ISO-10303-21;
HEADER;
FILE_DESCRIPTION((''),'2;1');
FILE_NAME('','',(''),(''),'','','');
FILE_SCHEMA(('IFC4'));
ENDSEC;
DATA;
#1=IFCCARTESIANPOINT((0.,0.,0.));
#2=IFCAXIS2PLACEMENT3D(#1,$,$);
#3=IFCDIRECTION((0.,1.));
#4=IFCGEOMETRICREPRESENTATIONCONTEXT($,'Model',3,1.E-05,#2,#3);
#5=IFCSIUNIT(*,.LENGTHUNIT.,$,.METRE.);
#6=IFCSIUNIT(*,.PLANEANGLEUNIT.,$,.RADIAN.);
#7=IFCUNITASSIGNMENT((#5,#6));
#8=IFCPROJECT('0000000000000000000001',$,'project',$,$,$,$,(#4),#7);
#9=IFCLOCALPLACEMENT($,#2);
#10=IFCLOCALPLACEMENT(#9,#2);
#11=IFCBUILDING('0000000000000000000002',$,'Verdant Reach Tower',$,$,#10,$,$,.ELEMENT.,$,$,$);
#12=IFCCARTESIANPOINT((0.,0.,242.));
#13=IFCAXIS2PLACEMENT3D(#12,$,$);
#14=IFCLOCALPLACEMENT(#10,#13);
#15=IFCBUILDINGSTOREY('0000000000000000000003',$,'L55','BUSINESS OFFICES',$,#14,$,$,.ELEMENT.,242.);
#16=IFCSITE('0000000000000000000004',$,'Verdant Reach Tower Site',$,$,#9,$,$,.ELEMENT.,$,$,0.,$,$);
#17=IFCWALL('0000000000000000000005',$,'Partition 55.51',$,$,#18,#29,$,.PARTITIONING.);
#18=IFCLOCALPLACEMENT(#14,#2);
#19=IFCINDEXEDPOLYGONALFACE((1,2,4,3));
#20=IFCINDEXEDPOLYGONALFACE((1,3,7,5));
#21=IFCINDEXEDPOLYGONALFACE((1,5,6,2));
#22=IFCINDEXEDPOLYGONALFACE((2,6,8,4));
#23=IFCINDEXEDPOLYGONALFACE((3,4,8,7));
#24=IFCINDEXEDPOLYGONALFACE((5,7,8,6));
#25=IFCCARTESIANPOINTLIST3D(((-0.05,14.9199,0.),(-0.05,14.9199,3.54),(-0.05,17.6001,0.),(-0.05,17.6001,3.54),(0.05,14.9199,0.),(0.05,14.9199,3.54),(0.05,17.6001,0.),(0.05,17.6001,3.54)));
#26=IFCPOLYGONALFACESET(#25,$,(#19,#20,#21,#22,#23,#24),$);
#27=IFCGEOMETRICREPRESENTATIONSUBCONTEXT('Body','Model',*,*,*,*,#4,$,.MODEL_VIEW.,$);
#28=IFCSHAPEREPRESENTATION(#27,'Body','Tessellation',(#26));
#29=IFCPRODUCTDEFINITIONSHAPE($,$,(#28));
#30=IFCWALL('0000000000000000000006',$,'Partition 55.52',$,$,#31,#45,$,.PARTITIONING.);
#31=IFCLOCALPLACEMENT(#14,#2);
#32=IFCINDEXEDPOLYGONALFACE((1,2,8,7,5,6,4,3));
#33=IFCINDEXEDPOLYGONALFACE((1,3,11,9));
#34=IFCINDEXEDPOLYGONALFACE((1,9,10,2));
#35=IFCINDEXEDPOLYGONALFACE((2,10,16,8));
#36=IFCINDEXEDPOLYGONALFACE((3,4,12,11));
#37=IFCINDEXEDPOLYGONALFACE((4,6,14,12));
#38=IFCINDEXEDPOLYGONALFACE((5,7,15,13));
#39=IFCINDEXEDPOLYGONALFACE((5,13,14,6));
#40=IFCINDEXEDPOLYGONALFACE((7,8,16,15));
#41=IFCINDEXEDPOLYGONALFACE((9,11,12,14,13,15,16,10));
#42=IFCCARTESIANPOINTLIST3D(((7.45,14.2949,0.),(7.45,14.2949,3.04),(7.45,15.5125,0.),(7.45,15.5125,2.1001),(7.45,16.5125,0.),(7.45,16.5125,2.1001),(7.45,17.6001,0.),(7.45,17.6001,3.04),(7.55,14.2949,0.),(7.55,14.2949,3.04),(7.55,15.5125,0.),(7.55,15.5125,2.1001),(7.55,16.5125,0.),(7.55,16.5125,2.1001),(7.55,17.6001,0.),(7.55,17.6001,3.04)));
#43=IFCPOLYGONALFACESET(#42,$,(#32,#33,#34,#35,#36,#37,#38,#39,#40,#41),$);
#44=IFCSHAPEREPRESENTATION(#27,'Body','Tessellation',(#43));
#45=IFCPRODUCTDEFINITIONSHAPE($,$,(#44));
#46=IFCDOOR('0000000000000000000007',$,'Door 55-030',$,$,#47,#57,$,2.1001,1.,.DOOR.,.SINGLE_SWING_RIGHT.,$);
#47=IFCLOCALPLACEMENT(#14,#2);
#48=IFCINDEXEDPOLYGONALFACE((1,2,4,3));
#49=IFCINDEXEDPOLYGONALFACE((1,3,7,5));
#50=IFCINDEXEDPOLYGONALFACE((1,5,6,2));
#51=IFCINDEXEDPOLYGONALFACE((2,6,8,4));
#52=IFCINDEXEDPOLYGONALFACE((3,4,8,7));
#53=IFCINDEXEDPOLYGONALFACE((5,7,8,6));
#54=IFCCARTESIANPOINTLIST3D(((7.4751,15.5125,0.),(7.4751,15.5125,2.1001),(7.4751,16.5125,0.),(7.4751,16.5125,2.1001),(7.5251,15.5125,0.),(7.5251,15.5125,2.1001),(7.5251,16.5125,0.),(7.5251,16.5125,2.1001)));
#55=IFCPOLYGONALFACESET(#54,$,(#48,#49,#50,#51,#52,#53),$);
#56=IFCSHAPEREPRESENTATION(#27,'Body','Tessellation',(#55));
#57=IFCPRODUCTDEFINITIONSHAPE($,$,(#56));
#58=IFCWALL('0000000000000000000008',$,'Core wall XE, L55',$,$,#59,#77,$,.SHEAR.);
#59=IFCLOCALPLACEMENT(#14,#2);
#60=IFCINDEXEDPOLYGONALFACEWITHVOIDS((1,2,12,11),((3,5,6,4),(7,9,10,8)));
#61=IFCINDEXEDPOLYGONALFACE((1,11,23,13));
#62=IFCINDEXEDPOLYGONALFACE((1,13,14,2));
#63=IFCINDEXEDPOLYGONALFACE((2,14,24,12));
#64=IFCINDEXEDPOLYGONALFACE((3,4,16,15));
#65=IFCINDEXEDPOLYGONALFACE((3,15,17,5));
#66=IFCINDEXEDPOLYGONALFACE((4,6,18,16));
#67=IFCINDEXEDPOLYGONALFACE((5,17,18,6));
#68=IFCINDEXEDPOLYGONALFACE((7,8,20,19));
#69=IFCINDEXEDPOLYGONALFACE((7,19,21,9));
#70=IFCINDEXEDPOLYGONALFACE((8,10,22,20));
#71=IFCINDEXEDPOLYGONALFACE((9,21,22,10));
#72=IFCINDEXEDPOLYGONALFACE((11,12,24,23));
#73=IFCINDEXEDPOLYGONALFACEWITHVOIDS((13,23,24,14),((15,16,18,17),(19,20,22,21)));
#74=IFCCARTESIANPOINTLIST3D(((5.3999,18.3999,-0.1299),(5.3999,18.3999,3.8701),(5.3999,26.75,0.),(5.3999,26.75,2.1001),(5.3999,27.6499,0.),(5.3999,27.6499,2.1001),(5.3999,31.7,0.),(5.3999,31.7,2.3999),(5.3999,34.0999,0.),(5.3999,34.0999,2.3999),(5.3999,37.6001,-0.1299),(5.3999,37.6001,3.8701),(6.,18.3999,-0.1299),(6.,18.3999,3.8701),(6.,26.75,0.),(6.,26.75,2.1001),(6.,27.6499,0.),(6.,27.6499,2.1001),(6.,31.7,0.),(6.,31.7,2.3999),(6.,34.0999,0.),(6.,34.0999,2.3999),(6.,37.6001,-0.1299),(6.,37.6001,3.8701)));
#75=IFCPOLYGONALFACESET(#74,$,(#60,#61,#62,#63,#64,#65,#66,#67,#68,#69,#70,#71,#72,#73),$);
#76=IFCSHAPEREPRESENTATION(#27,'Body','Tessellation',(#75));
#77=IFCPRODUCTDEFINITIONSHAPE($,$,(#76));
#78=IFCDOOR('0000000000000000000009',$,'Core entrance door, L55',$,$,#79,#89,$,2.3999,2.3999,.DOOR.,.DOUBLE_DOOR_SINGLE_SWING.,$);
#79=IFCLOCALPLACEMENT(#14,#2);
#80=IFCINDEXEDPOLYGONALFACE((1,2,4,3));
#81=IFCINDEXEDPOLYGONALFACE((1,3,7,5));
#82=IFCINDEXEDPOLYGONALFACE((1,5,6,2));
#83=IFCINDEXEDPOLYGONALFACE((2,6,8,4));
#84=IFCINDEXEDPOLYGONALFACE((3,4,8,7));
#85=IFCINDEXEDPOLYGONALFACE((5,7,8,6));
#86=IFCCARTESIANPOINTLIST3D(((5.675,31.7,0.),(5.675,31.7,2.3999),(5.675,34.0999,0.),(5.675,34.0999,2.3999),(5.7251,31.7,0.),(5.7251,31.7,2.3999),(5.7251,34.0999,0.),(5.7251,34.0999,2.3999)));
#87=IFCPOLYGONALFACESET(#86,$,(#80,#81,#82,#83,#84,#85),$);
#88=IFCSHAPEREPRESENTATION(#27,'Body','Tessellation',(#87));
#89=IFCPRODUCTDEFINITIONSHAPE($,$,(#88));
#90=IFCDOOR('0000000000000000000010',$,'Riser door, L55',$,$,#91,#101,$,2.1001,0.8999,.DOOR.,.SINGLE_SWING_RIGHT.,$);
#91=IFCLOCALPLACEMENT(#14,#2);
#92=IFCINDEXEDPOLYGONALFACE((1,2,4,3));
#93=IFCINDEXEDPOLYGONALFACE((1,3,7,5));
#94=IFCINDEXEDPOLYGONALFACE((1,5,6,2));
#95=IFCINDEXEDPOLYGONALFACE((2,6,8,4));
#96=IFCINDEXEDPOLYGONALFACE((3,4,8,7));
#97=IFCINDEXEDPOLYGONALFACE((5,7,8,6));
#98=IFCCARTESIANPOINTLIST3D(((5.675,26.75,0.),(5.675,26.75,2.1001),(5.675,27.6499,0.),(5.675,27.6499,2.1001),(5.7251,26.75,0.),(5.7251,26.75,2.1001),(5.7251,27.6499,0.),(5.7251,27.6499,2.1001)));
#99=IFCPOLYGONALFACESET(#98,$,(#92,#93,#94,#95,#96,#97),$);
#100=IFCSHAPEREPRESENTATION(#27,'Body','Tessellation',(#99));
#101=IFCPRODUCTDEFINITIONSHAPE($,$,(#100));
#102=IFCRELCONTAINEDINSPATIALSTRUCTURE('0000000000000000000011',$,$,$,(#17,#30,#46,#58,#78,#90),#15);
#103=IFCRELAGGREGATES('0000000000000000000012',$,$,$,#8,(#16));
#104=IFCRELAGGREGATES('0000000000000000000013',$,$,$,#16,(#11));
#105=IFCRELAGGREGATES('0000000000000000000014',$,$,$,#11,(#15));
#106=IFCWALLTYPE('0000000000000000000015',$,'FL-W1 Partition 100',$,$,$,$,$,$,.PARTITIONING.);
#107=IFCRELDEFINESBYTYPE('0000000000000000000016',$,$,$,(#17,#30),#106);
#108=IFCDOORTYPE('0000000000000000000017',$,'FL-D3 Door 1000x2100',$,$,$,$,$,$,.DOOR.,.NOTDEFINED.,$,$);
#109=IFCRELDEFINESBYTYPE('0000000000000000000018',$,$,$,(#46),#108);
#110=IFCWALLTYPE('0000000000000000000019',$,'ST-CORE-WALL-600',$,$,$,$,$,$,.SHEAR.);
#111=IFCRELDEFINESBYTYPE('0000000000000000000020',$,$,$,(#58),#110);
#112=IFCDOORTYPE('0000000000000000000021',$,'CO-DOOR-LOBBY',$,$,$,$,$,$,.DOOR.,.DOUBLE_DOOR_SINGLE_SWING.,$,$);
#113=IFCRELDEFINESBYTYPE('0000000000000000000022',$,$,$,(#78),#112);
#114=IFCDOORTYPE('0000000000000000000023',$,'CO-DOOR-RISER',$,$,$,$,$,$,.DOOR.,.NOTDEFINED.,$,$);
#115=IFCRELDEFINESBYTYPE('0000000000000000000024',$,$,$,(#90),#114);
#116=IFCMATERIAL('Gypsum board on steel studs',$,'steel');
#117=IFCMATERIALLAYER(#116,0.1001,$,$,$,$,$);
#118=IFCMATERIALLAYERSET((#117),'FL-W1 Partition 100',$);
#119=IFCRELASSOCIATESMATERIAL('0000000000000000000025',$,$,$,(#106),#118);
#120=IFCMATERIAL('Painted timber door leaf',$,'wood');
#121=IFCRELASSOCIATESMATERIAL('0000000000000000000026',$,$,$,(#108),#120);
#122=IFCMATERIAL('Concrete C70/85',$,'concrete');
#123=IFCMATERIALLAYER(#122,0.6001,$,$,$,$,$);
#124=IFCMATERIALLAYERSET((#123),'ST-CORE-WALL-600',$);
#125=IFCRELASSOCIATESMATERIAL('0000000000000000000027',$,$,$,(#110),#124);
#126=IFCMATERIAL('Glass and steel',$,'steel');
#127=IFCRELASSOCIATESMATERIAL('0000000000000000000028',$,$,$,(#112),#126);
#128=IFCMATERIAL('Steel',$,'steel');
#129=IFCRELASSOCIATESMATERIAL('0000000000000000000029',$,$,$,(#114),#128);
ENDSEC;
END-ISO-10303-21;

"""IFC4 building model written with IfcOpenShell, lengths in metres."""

from ifc_helpers import new_model, si_unit, direction, frame, frame_2d, origin, place, context, subcontext, project, spatial, rectangle, extrude, material, layer, layer_set, type_object, element, fill, save


model = new_model("IFC4")

# Units and contexts
model_context = context("Model", 3, precision=1e-05, world=origin(), true_north=direction((0.0, 1.0)))
body_context = subcontext(model_context, "Body", "Model", "MODEL_VIEW")
ifc_project = project(units=[si_unit("LENGTHUNIT", "METRE"), si_unit("PLANEANGLEUNIT", "RADIAN")], contexts=[model_context])

# Site, building, storey
site_placement = place(None, origin())
site = spatial("IfcSite", under=ifc_project, at=site_placement, Name="Verdant Reach Tower Site", CompositionType="ELEMENT", RefElevation=0.0)
building_placement = place(site_placement, origin())
building = spatial("IfcBuilding", under=site, at=building_placement, Name="Verdant Reach Tower", CompositionType="ELEMENT")
storey_placement = place(building_placement, frame((0.0, 0.0, 242.0)))
storey = spatial("IfcBuildingStorey", under=building, at=storey_placement, Name="L55", Description="BUSINESS OFFICES", CompositionType="ELEMENT", Elevation=242.0)

# Wall
ifc_material_1 = material(Name="Gypsum board on steel studs", Category="steel")
ifc_layer_1 = layer(ifc_material_1, 0.1001)
ifc_layer_set_1 = layer_set([ifc_layer_1], Name="FL-W1 Partition 100")
wall_type_1 = type_object("IfcWallType", Name="FL-W1 Partition 100", PredefinedType="PARTITIONING", material=ifc_layer_set_1)
wall_1_placement = place(storey_placement, frame((0.0, 14.9199, 0.0), z_axis=(0.0, 0.0, 1.0), x_axis=(0.0, 1.0, 0.0)))
element("IfcWall", 1, at=wall_1_placement, inside=storey, type_object=wall_type_1, Name="Partition 55.51", PredefinedType="PARTITIONING", context=body_context, shape_type="SweptSolid", body=[
    extrude(rectangle(XDim=2.6802, YDim=0.1001, at=frame_2d((1.3401, 0.0))), origin(), (0.0, 0.0, 1.0), 3.54),
])

# Wall, opening, door
wall_2_placement = place(storey_placement, frame((7.5, 14.2949, 0.0), z_axis=(0.0, 0.0, 1.0), x_axis=(0.0, 1.0, 0.0)))
wall_2 = element("IfcWall", 2, at=wall_2_placement, inside=storey, type_object=wall_type_1, Name="Partition 55.52", PredefinedType="PARTITIONING", context=body_context, shape_type="SweptSolid", body=[
    extrude(rectangle(XDim=3.3052, YDim=0.1001, at=frame_2d((1.6526, 0.0))), origin(), (0.0, 0.0, 1.0), 3.04),
])
opening_1_placement = place(wall_2_placement, frame((1.2175, 0.0, 0.0)))
opening_1 = element("IfcOpeningElement", 3, at=opening_1_placement, cuts=wall_2, PredefinedType="OPENING", context=body_context, shape_type="SweptSolid", body=[
    extrude(rectangle(XDim=1.0, YDim=2.1001, at=frame_2d((0.5, 1.05))), frame((0.0, 0.0601, 0.0), z_axis=(0.0, -1.0, 0.0), x_axis=(1.0, 0.0, 0.0)), (0.0, 0.0, 1.0), 0.1201),
])
ifc_material_2 = material(Name="Painted timber door leaf", Category="wood")
door_type_1 = type_object("IfcDoorType", Name="FL-D3 Door 1000x2100", OperationType="NOTDEFINED", PredefinedType="DOOR", material=ifc_material_2)
door_1_placement = place(opening_1_placement, origin())
door_1 = element("IfcDoor", 4, at=door_1_placement, inside=storey, type_object=door_type_1, Name="Door 55-030", OperationType="SINGLE_SWING_RIGHT", OverallHeight=2.1001, OverallWidth=1.0, PredefinedType="DOOR", context=body_context, shape_type="SweptSolid", body=[
    extrude(rectangle(XDim=1.0, YDim=2.1001, at=frame_2d((0.5, 1.05))), frame((0.0, 0.0249, 0.0), z_axis=(0.0, -1.0, 0.0), x_axis=(1.0, 0.0, 0.0)), (0.0, 0.0, 1.0), 0.05),
])
fill(opening_1, door_1)

# Wall, openings, doors
ifc_material_3 = material(Name="Concrete C70/85", Category="concrete")
ifc_layer_2 = layer(ifc_material_3, 0.6001)
ifc_layer_set_2 = layer_set([ifc_layer_2], Name="ST-CORE-WALL-600")
wall_type_2 = type_object("IfcWallType", Name="ST-CORE-WALL-600", PredefinedType="SHEAR", material=ifc_layer_set_2)
wall_3_placement = place(storey_placement, frame((5.7, 18.3999, -0.1299), z_axis=(0.0, 0.0, 1.0), x_axis=(0.0, 1.0, 0.0)))
wall_3 = element("IfcWall", 5, at=wall_3_placement, inside=storey, type_object=wall_type_2, Name="Core wall XE, L55", PredefinedType="SHEAR", context=body_context, shape_type="SweptSolid", body=[
    extrude(rectangle(XDim=19.2002, YDim=0.6001, at=frame_2d((9.6001, 0.0))), origin(), (0.0, 0.0, 1.0), 4.0),
])
opening_2_placement = place(wall_3_placement, frame((8.3501, 0.0, 0.1299)))
opening_2 = element("IfcOpeningElement", 6, at=opening_2_placement, cuts=wall_3, PredefinedType="OPENING", context=body_context, shape_type="SweptSolid", body=[
    extrude(rectangle(XDim=0.8999, YDim=2.1001, at=frame_2d((0.45, 1.05))), frame((0.0, 0.3101, 0.0), z_axis=(0.0, -1.0, 0.0), x_axis=(1.0, 0.0, 0.0)), (0.0, 0.0, 1.0), 0.6201),
])
opening_3_placement = place(wall_3_placement, frame((13.3, 0.0, 0.1299)))
opening_3 = element("IfcOpeningElement", 7, at=opening_3_placement, cuts=wall_3, PredefinedType="OPENING", context=body_context, shape_type="SweptSolid", body=[
    extrude(rectangle(XDim=2.3999, YDim=2.3999, at=frame_2d((1.2, 1.2))), frame((0.0, 0.3101, 0.0), z_axis=(0.0, -1.0, 0.0), x_axis=(1.0, 0.0, 0.0)), (0.0, 0.0, 1.0), 0.6201),
])
ifc_material_4 = material(Name="Glass and steel", Category="steel")
door_type_2 = type_object("IfcDoorType", Name="CO-DOOR-LOBBY", OperationType="DOUBLE_DOOR_SINGLE_SWING", PredefinedType="DOOR", material=ifc_material_4)
door_2_placement = place(opening_3_placement, origin())
door_2 = element("IfcDoor", 8, at=door_2_placement, inside=storey, type_object=door_type_2, Name="Core entrance door, L55", OperationType="DOUBLE_DOOR_SINGLE_SWING", OverallHeight=2.3999, OverallWidth=2.3999, PredefinedType="DOOR", context=body_context, shape_type="SweptSolid", body=[
    extrude(rectangle(XDim=2.3999, YDim=2.3999, at=frame_2d((1.2, 1.2))), frame((0.0, 0.0249, 0.0), z_axis=(0.0, -1.0, 0.0), x_axis=(1.0, 0.0, 0.0)), (0.0, 0.0, 1.0), 0.05),
])
fill(opening_3, door_2)
ifc_material_5 = material(Name="Steel", Category="steel")
door_type_3 = type_object("IfcDoorType", Name="CO-DOOR-RISER", OperationType="NOTDEFINED", PredefinedType="DOOR", material=ifc_material_5)
door_3_placement = place(opening_2_placement, origin())
door_3 = element("IfcDoor", 9, at=door_3_placement, inside=storey, type_object=door_type_3, Name="Riser door, L55", OperationType="SINGLE_SWING_RIGHT", OverallHeight=2.1001, OverallWidth=0.8999, PredefinedType="DOOR", context=body_context, shape_type="SweptSolid", body=[
    extrude(rectangle(XDim=0.8999, YDim=2.1001, at=frame_2d((0.45, 1.05))), frame((0.0, 0.0249, 0.0), z_axis=(0.0, -1.0, 0.0), x_axis=(1.0, 0.0, 0.0)), (0.0, 0.0, 1.0), 0.05),
])
fill(opening_2, door_3)

save(model, "model.ifc")
